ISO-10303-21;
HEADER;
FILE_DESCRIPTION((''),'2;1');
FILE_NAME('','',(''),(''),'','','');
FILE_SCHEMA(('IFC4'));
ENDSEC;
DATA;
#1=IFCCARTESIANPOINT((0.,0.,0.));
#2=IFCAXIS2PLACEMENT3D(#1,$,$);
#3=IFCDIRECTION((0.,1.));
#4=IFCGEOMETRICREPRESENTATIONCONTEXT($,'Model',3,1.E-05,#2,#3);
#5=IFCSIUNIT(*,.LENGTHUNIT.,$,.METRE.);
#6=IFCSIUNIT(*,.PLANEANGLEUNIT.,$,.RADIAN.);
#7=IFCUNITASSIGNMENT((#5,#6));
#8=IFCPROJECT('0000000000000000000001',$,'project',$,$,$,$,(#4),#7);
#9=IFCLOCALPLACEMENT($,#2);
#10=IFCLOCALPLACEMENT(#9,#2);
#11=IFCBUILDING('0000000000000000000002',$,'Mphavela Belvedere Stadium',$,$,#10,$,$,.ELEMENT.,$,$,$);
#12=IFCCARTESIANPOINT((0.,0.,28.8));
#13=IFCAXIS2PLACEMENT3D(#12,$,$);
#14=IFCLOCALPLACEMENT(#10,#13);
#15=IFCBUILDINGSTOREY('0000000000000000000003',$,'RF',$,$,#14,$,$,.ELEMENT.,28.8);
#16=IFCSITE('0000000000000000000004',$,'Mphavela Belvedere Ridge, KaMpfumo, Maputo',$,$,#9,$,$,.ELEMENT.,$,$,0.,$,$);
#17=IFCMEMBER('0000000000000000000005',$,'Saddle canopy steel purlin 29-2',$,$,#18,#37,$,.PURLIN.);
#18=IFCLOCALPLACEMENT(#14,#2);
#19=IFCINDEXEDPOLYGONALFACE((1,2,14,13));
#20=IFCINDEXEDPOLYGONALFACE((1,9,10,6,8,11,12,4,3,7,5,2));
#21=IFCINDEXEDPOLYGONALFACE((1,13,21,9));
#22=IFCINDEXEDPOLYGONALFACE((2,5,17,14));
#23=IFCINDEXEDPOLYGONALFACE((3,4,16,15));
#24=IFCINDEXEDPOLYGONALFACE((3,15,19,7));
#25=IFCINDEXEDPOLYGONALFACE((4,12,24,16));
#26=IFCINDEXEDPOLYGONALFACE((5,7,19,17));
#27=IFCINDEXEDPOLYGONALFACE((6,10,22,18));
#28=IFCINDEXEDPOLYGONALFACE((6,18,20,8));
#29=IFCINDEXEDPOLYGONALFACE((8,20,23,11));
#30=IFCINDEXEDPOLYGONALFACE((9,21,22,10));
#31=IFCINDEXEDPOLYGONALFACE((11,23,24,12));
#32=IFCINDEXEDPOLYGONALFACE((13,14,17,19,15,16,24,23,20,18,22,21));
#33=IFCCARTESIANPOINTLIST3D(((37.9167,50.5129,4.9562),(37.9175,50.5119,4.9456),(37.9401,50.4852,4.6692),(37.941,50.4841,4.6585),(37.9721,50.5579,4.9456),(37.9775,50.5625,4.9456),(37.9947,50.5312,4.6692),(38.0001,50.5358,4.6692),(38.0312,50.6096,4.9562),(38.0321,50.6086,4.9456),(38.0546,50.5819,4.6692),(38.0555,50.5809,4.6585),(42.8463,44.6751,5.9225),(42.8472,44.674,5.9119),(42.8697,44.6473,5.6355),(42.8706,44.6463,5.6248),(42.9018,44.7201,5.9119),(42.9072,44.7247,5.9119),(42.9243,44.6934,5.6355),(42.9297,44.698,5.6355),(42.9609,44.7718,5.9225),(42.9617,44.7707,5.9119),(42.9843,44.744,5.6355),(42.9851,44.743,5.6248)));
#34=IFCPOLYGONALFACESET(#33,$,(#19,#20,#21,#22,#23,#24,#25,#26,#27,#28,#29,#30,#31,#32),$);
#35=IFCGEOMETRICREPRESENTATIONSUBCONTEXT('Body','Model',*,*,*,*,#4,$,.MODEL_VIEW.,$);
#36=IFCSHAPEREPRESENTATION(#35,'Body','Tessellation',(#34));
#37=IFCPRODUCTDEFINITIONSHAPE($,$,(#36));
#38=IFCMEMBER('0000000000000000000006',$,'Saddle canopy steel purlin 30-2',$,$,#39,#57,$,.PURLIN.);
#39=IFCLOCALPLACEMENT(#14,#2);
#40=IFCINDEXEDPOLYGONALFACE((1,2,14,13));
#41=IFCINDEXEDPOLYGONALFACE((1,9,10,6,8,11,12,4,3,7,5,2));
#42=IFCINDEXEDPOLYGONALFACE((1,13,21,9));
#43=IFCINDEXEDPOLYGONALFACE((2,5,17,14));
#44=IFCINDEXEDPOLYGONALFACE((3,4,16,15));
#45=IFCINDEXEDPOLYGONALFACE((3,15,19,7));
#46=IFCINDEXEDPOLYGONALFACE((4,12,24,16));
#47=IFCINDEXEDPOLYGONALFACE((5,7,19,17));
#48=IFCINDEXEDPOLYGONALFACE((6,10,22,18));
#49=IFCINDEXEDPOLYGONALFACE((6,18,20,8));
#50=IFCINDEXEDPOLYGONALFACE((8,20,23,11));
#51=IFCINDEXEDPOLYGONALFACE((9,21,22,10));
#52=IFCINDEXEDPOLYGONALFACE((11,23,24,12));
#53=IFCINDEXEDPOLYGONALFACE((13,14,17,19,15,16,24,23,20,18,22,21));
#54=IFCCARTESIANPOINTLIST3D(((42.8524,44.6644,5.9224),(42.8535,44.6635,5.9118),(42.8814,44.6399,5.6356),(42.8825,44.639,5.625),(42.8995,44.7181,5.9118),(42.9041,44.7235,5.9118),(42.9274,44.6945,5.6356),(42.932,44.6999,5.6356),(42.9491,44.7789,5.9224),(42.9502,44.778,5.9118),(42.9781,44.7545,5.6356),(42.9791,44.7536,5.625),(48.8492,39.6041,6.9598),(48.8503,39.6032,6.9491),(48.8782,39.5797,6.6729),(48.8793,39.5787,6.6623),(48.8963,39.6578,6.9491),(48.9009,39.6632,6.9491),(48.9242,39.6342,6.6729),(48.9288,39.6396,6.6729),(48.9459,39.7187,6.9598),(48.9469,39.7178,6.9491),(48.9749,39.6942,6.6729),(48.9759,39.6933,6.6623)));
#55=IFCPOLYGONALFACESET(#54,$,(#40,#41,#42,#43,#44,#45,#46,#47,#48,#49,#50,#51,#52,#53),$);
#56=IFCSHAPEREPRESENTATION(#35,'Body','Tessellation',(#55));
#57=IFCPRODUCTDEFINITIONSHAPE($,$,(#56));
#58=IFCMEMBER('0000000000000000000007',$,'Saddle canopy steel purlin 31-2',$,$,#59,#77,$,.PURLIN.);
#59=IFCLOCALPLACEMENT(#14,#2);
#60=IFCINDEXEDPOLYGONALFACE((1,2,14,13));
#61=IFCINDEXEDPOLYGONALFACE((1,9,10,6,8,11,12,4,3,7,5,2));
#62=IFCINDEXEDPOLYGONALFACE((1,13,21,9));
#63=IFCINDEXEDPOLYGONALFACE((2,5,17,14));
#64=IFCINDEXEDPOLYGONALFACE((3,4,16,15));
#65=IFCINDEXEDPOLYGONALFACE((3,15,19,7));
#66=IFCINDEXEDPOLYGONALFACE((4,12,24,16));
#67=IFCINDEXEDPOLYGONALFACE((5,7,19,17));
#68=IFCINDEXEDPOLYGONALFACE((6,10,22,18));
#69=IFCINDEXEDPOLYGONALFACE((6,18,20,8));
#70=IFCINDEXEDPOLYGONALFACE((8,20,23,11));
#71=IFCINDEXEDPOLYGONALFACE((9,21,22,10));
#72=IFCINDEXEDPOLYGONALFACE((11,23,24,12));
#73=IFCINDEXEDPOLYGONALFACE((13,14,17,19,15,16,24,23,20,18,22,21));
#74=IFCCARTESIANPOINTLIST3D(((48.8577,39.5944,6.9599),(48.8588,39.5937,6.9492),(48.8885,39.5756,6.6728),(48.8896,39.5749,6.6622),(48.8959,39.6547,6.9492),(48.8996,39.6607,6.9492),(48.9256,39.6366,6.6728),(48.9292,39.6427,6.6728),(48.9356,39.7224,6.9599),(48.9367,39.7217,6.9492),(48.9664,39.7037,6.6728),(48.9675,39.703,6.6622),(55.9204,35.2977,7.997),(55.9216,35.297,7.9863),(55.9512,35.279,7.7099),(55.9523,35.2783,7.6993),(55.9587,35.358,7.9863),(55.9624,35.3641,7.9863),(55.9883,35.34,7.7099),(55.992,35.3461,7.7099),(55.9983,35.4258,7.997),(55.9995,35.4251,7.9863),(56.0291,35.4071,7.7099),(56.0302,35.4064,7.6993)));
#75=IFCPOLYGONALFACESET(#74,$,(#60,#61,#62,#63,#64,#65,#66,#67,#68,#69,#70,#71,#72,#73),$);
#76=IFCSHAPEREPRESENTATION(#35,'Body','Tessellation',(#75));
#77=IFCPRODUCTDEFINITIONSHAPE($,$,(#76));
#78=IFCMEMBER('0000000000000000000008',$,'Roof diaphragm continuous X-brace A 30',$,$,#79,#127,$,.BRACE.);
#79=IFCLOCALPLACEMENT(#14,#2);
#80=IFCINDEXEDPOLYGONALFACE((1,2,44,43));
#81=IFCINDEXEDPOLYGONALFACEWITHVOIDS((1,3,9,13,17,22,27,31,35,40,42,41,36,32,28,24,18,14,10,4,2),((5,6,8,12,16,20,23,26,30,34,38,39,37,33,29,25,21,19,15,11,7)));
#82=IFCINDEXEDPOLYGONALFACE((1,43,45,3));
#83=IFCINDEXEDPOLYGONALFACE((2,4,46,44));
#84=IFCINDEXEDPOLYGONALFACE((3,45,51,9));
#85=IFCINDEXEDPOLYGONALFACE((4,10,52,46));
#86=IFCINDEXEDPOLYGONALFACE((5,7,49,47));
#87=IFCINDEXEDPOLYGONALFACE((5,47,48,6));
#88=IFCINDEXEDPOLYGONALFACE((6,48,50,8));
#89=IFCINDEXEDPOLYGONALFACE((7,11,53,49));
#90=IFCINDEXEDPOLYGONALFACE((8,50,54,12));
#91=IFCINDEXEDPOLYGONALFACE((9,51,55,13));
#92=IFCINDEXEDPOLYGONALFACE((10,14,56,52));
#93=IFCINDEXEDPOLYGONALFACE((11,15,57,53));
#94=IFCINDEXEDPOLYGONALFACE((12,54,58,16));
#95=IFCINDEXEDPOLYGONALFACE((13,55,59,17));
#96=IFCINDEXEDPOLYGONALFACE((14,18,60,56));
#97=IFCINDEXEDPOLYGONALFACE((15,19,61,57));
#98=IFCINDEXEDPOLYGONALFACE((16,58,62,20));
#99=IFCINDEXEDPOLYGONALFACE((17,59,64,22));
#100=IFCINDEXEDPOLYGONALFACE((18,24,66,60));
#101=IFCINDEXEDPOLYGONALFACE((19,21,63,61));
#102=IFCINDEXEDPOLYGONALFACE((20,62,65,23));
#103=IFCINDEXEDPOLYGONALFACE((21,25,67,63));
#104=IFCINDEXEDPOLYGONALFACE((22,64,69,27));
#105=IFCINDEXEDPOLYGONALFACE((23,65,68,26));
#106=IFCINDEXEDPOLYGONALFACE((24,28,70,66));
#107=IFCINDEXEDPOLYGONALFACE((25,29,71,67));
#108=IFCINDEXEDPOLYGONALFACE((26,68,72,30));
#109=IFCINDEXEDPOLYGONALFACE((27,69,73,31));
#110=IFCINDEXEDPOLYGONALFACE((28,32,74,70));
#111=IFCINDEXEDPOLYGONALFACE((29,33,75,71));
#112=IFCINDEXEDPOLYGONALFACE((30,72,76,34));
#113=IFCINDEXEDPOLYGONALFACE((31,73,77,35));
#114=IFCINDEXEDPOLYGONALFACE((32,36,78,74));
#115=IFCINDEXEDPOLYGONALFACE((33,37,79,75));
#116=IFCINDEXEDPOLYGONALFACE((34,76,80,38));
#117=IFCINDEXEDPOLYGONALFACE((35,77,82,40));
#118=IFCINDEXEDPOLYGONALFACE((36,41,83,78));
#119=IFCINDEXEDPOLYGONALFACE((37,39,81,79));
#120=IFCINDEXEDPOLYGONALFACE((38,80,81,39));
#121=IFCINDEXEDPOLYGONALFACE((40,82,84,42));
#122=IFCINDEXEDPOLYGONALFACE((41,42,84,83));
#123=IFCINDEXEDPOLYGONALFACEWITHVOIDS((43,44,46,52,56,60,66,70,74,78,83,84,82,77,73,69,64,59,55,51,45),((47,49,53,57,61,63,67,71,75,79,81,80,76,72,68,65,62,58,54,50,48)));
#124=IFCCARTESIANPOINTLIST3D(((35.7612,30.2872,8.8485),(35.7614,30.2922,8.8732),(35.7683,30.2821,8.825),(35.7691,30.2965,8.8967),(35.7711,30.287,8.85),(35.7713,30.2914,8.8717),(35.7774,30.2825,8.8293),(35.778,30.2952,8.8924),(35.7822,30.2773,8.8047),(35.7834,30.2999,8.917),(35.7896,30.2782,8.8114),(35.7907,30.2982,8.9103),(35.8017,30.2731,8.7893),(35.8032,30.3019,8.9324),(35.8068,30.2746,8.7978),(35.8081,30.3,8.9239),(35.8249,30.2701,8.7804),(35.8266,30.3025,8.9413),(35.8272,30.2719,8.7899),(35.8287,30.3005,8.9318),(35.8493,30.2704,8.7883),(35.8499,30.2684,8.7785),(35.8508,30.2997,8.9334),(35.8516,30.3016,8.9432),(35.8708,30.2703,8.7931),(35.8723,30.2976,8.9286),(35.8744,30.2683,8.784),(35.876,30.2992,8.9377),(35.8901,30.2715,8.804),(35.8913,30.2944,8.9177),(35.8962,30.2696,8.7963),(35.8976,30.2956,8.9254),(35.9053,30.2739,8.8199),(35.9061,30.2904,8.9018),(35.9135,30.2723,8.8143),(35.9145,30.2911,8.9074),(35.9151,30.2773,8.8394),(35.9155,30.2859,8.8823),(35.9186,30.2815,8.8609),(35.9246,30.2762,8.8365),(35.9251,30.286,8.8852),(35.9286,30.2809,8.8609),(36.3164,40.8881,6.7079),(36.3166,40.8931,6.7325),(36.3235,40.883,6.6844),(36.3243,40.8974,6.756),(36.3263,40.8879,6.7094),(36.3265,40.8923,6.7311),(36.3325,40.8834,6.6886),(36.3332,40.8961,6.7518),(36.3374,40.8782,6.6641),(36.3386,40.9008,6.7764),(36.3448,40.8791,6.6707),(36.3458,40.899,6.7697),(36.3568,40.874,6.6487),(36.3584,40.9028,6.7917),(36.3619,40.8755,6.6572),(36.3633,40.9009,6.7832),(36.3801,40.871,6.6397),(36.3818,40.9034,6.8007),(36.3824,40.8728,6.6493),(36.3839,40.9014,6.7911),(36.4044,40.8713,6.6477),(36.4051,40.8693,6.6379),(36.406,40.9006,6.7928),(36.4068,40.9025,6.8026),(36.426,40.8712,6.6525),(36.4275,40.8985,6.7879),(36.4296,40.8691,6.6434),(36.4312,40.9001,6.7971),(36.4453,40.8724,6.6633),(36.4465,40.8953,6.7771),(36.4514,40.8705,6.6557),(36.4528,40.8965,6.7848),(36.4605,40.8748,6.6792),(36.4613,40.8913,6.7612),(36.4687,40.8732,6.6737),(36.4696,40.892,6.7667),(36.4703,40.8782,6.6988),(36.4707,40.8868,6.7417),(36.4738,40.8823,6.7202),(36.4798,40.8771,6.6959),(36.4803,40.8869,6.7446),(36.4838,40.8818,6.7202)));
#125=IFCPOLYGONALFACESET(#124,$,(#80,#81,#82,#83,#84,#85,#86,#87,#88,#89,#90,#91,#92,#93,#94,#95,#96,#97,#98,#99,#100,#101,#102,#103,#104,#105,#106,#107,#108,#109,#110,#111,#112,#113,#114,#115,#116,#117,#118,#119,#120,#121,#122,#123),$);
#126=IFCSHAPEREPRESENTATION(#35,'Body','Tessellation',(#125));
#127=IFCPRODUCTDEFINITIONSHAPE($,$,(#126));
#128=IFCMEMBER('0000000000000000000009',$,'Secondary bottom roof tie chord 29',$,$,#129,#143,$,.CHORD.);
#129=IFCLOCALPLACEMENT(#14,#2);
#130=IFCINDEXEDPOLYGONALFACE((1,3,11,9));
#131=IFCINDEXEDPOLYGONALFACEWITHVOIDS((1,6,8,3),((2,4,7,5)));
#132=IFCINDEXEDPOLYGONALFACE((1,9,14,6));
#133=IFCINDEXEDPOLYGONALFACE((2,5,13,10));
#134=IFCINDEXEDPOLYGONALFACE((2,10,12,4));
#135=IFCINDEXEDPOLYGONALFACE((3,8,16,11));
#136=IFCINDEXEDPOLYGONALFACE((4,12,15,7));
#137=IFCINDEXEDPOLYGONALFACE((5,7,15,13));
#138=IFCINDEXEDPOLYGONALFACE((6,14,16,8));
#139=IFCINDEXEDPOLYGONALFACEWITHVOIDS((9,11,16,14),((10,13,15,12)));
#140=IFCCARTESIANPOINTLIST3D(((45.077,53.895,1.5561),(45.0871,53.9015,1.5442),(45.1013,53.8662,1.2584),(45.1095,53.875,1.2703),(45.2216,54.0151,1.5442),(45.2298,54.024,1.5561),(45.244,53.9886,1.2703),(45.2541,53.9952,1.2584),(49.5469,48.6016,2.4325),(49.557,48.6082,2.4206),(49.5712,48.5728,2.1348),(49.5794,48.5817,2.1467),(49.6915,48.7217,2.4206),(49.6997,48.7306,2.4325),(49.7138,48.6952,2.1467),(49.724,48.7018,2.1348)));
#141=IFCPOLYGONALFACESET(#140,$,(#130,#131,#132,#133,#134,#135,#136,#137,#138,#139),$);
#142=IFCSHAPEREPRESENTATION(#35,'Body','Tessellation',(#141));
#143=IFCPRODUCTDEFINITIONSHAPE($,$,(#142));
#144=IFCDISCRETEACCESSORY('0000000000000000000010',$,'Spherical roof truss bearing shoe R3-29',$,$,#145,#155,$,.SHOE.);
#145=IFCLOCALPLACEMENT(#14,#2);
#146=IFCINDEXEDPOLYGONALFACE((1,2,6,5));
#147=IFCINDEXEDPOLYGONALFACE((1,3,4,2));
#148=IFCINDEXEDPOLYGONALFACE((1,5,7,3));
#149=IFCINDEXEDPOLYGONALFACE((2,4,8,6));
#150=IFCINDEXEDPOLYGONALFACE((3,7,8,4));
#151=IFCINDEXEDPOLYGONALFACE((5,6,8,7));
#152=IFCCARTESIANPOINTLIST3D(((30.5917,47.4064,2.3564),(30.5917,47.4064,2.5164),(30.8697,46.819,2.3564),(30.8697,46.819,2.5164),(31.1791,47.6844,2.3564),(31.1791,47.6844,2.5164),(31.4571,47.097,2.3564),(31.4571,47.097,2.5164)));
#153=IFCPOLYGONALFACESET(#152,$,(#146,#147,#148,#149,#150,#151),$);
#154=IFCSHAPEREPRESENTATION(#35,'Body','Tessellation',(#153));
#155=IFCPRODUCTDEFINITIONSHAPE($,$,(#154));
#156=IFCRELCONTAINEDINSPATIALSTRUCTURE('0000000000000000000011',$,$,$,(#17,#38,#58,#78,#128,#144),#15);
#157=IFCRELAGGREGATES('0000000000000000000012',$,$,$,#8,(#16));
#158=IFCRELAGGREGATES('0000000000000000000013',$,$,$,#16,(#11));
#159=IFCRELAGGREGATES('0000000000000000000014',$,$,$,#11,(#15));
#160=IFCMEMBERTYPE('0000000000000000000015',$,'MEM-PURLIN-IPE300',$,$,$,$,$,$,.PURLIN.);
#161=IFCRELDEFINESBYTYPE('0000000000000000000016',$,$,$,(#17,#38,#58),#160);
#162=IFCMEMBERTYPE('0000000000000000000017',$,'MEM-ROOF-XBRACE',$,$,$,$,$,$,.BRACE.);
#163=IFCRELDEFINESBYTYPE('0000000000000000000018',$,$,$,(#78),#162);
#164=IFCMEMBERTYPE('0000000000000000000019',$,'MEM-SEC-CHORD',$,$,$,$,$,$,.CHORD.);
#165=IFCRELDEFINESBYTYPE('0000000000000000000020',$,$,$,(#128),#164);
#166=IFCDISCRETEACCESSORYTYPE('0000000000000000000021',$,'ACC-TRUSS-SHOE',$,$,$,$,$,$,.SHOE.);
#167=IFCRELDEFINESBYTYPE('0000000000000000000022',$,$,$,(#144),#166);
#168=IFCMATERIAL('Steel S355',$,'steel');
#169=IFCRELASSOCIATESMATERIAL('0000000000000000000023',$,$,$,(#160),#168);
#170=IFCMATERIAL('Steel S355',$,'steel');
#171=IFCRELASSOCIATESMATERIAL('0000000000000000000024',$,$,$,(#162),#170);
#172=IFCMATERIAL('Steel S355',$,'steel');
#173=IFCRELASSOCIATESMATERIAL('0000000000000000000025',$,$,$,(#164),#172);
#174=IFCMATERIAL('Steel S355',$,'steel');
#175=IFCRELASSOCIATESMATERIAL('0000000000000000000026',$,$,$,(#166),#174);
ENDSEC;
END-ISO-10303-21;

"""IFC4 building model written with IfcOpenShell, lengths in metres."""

from ifc_helpers import new_model, si_unit, direction, frame, origin, origin_2d, place, context, subcontext, project, spatial, rectangle, hollow_rectangle, hollow_circle, i_section, extrude, material, material_profile, profile_set, type_object, element, save


model = new_model("IFC4")

# Units and contexts
model_context = context("Model", 3, precision=1e-05, world=origin(), true_north=direction((0.0, 1.0)))
body_context = subcontext(model_context, "Body", "Model", "MODEL_VIEW")
ifc_project = project(units=[si_unit("LENGTHUNIT", "METRE"), si_unit("PLANEANGLEUNIT", "RADIAN")], contexts=[model_context])

# Site, building, storey
site_placement = place(None, origin())
site = spatial("IfcSite", under=ifc_project, at=site_placement, Name="Mphavela Belvedere Ridge, KaMpfumo, Maputo", CompositionType="ELEMENT", RefElevation=0.0)
building_placement = place(site_placement, origin())
building = spatial("IfcBuilding", under=site, at=building_placement, Name="Mphavela Belvedere Stadium", CompositionType="ELEMENT")
storey_placement = place(building_placement, frame((0.0, 0.0, 28.8)))
storey = spatial("IfcBuildingStorey", under=building, at=storey_placement, Name="RF", CompositionType="ELEMENT", Elevation=28.8)

# Members
ifc_material_1 = material(Name="Steel S355", Category="steel")
ifc_material_profile_1 = material_profile(ifc_material_1, i_section(OverallWidth=0.1499, OverallDepth=0.3, WebThickness=0.0071, FlangeThickness=0.0107, at=origin_2d()), Name="IPE 300")
ifc_profile_set_1 = profile_set([ifc_material_profile_1], Name="Steel S355")
member_type_1 = type_object("IfcMemberType", Name="MEM-PURLIN-IPE300", PredefinedType="PURLIN", material=ifc_profile_set_1)
member_1_placement = place(storey_placement, frame((37.9861, 50.5469, 4.8074), z_axis=(0.640076, -0.757998, 0.125467), x_axis=(0.764036, 0.645174, 0.0)))
element("IfcMember", 1, at=member_1_placement, inside=storey, type_object=member_type_1, Name="Saddle canopy steel purlin 29-2", PredefinedType="PURLIN", context=body_context, shape_type="SweptSolid", body=[
    extrude(i_section(OverallWidth=0.1499, OverallDepth=0.3, WebThickness=0.0071, FlangeThickness=0.0107, at=origin_2d()), origin(), (0.0, 0.0, 1.0), 7.7017),
])
member_2_placement = place(storey_placement, frame((42.9158, 44.709, 5.7737), z_axis=(0.757669, -0.639344, 0.131064), x_axis=(0.644907, 0.764261, 0.0)))
element("IfcMember", 2, at=member_2_placement, inside=storey, type_object=member_type_1, Name="Saddle canopy steel purlin 30-2", PredefinedType="PURLIN", context=body_context, shape_type="SweptSolid", body=[
    extrude(i_section(OverallWidth=0.1499, OverallDepth=0.3, WebThickness=0.0071, FlangeThickness=0.0107, at=origin_2d()), origin(), (0.0, 0.0, 1.0), 7.9148),
])
member_3_placement = place(storey_placement, frame((48.9126, 39.6487, 6.811), z_axis=(0.847685, -0.51569, 0.124476), x_axis=(0.519732, 0.854329, 0.0)))
element("IfcMember", 3, at=member_3_placement, inside=storey, type_object=member_type_1, Name="Saddle canopy steel purlin 31-2", PredefinedType="PURLIN", context=body_context, shape_type="SweptSolid", body=[
    extrude(i_section(OverallWidth=0.1499, OverallDepth=0.3, WebThickness=0.0071, FlangeThickness=0.0107, at=origin_2d()), origin(), (0.0, 0.0, 1.0), 8.3318),
])
ifc_material_2 = material(Name="Steel S355", Category="steel")
ifc_material_profile_2 = material_profile(ifc_material_2, hollow_circle(Radius=0.0842, WallThickness=0.01, at=origin_2d()), Name="CHS 168.3x10")
ifc_profile_set_2 = profile_set([ifc_material_profile_2], Name="Steel S355")
member_type_2 = type_object("IfcMemberType", Name="MEM-ROOF-XBRACE", PredefinedType="BRACE", material=ifc_profile_set_2)
member_4_placement = place(storey_placement, frame((36.3997, 40.8862, 6.7202), z_axis=(-0.051267, -0.978926, 0.197675), x_axis=(0.998631, -0.052299, 0.0)))
element("IfcMember", 4, at=member_4_placement, inside=storey, type_object=member_type_2, Name="Roof diaphragm continuous X-brace A 30", PredefinedType="BRACE", context=body_context, shape_type="SweptSolid", body=[
    extrude(hollow_circle(Radius=0.0842, WallThickness=0.01, at=origin_2d()), origin(), (0.0, 0.0, 1.0), 10.8291),
])
ifc_material_3 = material(Name="Steel S355", Category="steel")
ifc_material_profile_3 = material_profile(ifc_material_3, hollow_rectangle(XDim=0.2, YDim=0.3, WallThickness=0.012, at=origin_2d()), Name="RHS 300x200x12")
ifc_profile_set_3 = profile_set([ifc_material_profile_3], Name="Steel S355")
member_type_3 = type_object("IfcMemberType", Name="MEM-SEC-CHORD", PredefinedType="CHORD", material=ifc_profile_set_3)
member_5_placement = place(storey_placement, frame((45.1655, 53.9451, 1.4072), z_axis=(0.640074, -0.757993, 0.125505), x_axis=(0.764034, 0.645176, 0.0)))
element("IfcMember", 5, at=member_5_placement, inside=storey, type_object=member_type_3, Name="Secondary bottom roof tie chord 29", PredefinedType="CHORD", context=body_context, shape_type="SweptSolid", body=[
    extrude(hollow_rectangle(XDim=0.2, YDim=0.3, WallThickness=0.012, at=origin_2d()), origin(), (0.0, 0.0, 1.0), 6.9834),
])

# Discrete accessory
ifc_material_4 = material(Name="Steel S355", Category="steel")
discrete_accessory_type = type_object("IfcDiscreteAccessoryType", Name="ACC-TRUSS-SHOE", PredefinedType="SHOE", material=ifc_material_4)
discrete_accessory_placement = place(storey_placement, frame((31.0244, 47.2517, 2.3564), z_axis=(0.0, 0.0, 1.0), x_axis=(-0.903859, -0.427831, 0.0)))
element("IfcDiscreteAccessory", 6, at=discrete_accessory_placement, inside=storey, type_object=discrete_accessory_type, Name="Spherical roof truss bearing shoe R3-29", PredefinedType="SHOE", context=body_context, shape_type="SweptSolid", body=[
    extrude(rectangle(XDim=0.6499, YDim=0.6499, at=origin_2d()), origin(), (0.0, 0.0, 1.0), 0.1599),
])

save(model, "model.ifc")
